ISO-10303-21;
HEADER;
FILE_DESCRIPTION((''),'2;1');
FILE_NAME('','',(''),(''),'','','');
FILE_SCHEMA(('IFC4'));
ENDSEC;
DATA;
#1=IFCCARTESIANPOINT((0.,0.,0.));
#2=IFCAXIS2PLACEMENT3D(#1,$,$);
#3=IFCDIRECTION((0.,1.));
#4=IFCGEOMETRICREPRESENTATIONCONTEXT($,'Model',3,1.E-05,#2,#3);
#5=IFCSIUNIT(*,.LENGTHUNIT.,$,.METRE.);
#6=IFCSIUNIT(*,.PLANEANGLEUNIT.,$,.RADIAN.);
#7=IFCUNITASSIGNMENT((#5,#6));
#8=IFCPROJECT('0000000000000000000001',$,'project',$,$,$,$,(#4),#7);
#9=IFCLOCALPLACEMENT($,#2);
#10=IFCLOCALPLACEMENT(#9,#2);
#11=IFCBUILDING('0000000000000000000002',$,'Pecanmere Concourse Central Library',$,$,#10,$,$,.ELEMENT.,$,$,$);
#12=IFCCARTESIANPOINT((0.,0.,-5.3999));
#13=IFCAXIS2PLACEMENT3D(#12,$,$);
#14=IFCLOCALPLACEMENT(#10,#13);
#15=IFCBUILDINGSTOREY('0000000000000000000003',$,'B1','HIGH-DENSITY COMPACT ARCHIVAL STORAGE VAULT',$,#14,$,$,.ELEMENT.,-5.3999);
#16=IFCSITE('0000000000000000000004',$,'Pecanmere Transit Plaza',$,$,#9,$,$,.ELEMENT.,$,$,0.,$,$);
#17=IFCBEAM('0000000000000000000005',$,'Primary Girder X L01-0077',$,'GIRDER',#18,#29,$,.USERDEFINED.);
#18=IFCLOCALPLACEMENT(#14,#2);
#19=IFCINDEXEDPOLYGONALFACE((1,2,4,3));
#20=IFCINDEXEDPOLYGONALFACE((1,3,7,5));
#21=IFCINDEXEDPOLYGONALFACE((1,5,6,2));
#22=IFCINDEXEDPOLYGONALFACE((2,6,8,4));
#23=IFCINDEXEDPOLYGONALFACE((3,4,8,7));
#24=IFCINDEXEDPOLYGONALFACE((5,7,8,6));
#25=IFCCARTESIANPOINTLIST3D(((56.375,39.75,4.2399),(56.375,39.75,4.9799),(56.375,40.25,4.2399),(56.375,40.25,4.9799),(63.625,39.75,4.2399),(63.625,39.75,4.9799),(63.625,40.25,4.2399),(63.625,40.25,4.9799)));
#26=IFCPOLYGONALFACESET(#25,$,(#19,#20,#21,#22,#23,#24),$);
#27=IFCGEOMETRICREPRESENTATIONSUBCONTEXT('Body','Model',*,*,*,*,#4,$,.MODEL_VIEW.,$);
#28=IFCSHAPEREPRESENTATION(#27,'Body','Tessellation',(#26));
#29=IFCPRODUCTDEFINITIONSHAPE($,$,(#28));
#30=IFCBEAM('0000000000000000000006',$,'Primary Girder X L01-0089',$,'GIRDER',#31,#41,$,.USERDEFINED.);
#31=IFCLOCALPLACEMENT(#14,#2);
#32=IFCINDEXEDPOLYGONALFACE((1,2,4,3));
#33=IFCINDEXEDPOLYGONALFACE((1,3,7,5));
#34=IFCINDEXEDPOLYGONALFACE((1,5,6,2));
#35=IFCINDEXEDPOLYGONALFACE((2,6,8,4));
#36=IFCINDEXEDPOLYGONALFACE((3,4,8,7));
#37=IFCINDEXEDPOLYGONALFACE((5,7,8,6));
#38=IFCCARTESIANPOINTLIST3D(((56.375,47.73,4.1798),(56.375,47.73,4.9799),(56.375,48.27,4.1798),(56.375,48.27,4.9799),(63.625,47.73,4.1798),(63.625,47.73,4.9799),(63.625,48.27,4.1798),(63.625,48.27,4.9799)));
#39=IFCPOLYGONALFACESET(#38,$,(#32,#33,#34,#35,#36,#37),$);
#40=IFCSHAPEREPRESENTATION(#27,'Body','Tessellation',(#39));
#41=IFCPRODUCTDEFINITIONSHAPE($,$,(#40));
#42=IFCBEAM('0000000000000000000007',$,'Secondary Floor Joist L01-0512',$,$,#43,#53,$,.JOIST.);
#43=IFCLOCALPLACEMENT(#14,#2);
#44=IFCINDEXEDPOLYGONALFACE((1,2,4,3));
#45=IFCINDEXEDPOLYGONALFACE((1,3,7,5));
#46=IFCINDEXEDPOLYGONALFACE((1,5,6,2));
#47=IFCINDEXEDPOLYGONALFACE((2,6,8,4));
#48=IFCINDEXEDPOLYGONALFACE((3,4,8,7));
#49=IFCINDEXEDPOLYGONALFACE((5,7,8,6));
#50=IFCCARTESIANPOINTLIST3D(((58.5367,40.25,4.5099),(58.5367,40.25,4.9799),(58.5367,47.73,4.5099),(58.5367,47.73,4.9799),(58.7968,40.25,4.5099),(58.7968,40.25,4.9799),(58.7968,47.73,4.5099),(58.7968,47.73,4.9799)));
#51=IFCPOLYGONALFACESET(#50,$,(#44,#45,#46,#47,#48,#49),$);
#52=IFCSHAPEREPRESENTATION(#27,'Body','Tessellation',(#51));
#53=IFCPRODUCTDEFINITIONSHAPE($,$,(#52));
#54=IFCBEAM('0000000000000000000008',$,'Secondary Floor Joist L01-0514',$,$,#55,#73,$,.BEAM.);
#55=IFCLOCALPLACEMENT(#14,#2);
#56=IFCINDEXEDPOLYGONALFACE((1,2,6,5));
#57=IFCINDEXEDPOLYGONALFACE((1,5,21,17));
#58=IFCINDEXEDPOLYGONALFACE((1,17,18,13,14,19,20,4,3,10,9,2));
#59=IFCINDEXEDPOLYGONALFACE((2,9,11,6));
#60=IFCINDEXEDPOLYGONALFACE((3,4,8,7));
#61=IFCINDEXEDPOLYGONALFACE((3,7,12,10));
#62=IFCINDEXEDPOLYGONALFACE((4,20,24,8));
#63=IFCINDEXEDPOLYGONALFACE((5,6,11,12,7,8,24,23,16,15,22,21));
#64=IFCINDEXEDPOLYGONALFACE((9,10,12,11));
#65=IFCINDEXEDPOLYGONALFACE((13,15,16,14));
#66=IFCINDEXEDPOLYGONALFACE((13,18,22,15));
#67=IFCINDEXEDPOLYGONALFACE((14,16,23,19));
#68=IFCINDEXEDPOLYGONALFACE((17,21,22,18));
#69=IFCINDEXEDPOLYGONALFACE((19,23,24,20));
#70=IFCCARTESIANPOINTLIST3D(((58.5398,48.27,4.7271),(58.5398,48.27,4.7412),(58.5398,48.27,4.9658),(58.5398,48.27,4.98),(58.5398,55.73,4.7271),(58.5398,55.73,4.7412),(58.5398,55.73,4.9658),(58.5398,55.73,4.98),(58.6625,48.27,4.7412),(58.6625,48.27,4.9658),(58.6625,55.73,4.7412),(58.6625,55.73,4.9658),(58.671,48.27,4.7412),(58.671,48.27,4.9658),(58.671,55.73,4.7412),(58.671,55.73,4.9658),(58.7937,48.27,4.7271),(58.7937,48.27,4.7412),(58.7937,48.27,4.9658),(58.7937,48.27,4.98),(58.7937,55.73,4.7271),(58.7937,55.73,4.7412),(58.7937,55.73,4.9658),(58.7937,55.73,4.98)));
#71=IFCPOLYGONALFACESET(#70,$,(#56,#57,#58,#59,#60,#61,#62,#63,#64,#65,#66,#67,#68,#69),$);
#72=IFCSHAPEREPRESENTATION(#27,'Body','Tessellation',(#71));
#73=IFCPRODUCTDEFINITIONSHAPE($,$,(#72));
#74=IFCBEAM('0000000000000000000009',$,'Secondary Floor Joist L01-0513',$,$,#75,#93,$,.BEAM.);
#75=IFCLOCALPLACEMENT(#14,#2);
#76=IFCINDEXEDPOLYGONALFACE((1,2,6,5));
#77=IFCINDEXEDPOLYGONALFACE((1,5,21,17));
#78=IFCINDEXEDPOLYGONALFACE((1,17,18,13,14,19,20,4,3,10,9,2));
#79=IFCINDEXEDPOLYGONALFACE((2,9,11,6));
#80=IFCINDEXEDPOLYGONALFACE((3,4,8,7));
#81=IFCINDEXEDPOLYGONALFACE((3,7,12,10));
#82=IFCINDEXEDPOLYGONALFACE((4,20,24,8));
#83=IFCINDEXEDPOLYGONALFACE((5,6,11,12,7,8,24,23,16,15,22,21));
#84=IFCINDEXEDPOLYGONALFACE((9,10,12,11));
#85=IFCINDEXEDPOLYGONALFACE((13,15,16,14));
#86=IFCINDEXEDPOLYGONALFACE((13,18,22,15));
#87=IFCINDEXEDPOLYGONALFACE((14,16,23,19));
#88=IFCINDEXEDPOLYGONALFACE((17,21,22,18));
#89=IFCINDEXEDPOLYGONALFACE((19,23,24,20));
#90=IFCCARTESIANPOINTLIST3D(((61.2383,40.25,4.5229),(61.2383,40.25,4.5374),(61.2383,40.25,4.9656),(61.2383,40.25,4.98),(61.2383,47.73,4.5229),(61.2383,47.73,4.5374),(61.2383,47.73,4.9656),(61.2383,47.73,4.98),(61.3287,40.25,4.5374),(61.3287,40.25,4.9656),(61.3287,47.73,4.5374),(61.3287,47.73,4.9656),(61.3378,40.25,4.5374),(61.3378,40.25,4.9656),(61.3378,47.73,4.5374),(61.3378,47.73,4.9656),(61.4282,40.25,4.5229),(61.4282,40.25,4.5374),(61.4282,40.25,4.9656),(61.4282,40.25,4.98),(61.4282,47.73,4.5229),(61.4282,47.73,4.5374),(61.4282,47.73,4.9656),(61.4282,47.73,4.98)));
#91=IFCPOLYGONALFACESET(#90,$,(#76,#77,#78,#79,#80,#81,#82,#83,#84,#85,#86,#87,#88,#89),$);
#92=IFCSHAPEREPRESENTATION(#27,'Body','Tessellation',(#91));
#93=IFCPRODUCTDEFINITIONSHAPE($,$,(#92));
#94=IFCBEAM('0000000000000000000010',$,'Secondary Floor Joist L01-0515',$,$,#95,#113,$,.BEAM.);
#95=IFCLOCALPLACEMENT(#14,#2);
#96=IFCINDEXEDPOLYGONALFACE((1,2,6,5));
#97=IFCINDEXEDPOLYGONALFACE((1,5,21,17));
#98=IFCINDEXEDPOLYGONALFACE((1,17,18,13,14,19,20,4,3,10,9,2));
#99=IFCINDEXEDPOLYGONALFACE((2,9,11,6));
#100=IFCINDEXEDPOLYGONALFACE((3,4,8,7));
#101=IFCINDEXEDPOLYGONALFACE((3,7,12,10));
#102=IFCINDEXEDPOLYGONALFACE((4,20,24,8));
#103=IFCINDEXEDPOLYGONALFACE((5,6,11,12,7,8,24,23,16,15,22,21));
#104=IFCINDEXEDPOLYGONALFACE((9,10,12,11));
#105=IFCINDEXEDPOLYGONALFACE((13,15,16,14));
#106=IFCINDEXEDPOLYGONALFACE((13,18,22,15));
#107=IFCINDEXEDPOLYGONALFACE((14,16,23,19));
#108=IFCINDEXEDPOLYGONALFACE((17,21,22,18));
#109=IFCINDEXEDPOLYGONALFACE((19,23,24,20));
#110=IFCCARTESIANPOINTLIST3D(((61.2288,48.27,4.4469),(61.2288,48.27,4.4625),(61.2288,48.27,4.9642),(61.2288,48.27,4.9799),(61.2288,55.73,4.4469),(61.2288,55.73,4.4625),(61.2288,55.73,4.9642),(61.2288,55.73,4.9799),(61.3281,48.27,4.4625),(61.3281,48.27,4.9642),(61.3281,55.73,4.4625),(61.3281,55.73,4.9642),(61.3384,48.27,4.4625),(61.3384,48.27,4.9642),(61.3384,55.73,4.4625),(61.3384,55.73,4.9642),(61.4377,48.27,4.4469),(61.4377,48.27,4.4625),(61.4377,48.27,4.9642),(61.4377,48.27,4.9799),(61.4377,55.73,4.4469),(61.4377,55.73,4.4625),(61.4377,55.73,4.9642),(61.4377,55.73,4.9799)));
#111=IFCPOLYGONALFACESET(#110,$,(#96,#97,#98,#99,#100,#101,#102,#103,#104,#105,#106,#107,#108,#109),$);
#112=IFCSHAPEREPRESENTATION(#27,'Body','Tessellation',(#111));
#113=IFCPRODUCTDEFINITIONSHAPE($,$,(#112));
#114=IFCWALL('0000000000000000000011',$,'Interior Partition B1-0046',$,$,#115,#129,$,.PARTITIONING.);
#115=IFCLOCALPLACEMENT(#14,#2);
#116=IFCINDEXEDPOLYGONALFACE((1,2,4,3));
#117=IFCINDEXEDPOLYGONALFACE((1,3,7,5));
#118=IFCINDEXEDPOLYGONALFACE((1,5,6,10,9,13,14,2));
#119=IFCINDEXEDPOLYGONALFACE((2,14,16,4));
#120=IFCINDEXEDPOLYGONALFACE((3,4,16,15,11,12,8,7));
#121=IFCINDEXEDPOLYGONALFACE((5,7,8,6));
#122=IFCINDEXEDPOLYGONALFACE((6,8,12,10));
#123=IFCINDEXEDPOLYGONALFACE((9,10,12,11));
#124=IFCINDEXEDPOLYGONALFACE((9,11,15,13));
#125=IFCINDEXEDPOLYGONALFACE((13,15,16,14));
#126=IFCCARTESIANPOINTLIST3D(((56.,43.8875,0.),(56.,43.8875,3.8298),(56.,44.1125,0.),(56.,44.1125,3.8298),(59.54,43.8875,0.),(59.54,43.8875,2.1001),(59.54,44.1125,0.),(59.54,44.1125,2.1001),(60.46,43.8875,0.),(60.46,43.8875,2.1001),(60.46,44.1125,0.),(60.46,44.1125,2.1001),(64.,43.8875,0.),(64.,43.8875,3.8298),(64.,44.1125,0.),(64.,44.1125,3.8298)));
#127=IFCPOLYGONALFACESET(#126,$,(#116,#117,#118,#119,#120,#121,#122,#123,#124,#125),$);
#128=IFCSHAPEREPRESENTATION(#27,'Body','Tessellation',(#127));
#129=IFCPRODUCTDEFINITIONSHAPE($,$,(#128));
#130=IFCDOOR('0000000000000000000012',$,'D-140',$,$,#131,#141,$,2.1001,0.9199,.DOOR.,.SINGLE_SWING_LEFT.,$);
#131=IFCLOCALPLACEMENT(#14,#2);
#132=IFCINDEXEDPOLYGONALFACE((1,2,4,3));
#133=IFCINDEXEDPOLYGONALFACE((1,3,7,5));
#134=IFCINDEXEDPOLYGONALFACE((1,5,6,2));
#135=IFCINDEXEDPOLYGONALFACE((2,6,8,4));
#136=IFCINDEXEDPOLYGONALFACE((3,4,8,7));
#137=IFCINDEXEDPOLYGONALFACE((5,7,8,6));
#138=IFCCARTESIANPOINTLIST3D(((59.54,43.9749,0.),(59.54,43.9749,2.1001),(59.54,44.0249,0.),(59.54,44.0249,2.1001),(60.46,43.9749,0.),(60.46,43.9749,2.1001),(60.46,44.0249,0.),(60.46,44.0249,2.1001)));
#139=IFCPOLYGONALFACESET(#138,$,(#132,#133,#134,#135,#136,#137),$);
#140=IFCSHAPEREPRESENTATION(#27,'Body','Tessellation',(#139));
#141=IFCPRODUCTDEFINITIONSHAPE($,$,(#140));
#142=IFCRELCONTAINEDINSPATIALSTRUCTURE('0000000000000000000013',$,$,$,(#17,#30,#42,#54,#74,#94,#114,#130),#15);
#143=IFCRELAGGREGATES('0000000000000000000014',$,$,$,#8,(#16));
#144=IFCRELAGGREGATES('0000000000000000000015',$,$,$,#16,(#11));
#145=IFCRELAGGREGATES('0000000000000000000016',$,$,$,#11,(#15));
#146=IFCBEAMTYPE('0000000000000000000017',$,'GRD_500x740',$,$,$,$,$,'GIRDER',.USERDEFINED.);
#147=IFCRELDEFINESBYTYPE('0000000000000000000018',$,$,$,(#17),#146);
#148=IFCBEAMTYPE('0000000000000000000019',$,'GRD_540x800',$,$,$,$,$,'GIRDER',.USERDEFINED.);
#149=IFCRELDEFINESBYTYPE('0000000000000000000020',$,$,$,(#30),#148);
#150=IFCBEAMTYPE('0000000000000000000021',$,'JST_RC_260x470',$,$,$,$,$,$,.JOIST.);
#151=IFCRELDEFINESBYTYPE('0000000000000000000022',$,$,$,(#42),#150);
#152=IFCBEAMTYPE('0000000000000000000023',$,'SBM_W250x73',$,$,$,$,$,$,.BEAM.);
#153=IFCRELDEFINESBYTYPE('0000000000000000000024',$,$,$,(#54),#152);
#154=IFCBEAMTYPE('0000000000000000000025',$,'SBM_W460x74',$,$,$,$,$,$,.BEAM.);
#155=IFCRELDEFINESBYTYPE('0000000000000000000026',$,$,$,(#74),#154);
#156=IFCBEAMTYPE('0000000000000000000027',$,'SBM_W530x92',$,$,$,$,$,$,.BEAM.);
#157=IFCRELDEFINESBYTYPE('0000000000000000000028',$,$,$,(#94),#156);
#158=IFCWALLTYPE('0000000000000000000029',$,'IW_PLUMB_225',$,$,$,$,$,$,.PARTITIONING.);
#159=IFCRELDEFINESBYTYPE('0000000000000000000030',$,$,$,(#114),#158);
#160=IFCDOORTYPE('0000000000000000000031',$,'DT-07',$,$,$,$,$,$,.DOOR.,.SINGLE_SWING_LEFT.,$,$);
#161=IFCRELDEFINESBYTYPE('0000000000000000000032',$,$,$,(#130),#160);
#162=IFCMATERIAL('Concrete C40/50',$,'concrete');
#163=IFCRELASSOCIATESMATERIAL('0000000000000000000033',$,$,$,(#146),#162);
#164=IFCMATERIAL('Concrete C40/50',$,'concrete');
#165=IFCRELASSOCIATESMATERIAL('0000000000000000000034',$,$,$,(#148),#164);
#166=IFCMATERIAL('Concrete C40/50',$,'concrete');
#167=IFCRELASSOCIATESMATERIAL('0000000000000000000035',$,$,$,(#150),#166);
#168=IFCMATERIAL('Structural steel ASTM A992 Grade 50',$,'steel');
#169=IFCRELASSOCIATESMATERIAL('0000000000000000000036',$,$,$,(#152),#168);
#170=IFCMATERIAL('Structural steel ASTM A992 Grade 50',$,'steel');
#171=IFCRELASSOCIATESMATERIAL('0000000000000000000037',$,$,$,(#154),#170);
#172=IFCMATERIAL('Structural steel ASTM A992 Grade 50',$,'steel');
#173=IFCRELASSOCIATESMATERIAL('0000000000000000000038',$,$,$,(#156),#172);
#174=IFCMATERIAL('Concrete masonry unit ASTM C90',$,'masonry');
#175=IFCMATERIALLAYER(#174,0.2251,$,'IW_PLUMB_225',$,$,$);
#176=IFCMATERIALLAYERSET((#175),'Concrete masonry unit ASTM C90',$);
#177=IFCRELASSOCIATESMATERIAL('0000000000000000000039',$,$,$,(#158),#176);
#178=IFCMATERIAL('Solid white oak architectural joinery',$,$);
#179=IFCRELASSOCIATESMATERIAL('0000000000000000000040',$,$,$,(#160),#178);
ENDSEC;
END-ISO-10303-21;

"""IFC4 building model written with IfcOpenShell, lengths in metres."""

from ifc_helpers import new_model, si_unit, direction, frame, frame_2d, origin, origin_2d, place, context, subcontext, project, spatial, rectangle, i_section, extrude, material, layer, layer_set, material_profile, profile_set, type_object, element, fill, save


model = new_model("IFC4")

# Units and contexts
model_context = context("Model", 3, precision=1e-05, world=origin(), true_north=direction((0.0, 1.0)))
body_context = subcontext(model_context, "Body", "Model", "MODEL_VIEW")
ifc_project = project(units=[si_unit("LENGTHUNIT", "METRE"), si_unit("PLANEANGLEUNIT", "RADIAN")], contexts=[model_context])

# Site, building, storey
site_placement = place(None, origin())
site = spatial("IfcSite", under=ifc_project, at=site_placement, Name="Pecanmere Transit Plaza", CompositionType="ELEMENT", RefElevation=0.0)
building_placement = place(site_placement, origin())
building = spatial("IfcBuilding", under=site, at=building_placement, Name="Pecanmere Concourse Central Library", CompositionType="ELEMENT")
storey_placement = place(building_placement, frame((0.0, 0.0, -5.3999)))
storey = spatial("IfcBuildingStorey", under=building, at=storey_placement, Name="B1", Description="HIGH-DENSITY COMPACT ARCHIVAL STORAGE VAULT", CompositionType="ELEMENT", Elevation=-5.3999)

# Beams
ifc_material_1 = material(Name="Concrete C40/50", Category="concrete")
ifc_material_profile_1 = material_profile(ifc_material_1, rectangle(XDim=0.5, YDim=0.74, at=origin_2d()), Name="RC 500x740")
ifc_profile_set_1 = profile_set([ifc_material_profile_1], Name="Concrete C40/50")
beam_type_1 = type_object("IfcBeamType", Name="GRD_500x740", ElementType="GIRDER", PredefinedType="USERDEFINED", material=ifc_profile_set_1)
beam_1_placement = place(storey_placement, frame((56.375, 40.0, 4.6099), z_axis=(1.0, 0.0, 0.0), x_axis=(0.0, 1.0, 0.0)))
element("IfcBeam", 1, at=beam_1_placement, inside=storey, type_object=beam_type_1, Name="Primary Girder X L01-0077", ObjectType="GIRDER", PredefinedType="USERDEFINED", context=body_context, shape_type="SweptSolid", body=[
    extrude(rectangle(XDim=0.5, YDim=0.74, at=origin_2d()), origin(), (0.0, 0.0, 1.0), 7.25),
])
ifc_material_2 = material(Name="Concrete C40/50", Category="concrete")
ifc_material_profile_2 = material_profile(ifc_material_2, rectangle(XDim=0.54, YDim=0.8, at=origin_2d()), Name="RC 540x800")
ifc_profile_set_2 = profile_set([ifc_material_profile_2], Name="Concrete C40/50")
beam_type_2 = type_object("IfcBeamType", Name="GRD_540x800", ElementType="GIRDER", PredefinedType="USERDEFINED", material=ifc_profile_set_2)
beam_2_placement = place(storey_placement, frame((56.375, 48.0, 4.5798), z_axis=(1.0, 0.0, 0.0), x_axis=(0.0, 1.0, 0.0)))
element("IfcBeam", 2, at=beam_2_placement, inside=storey, type_object=beam_type_2, Name="Primary Girder X L01-0089", ObjectType="GIRDER", PredefinedType="USERDEFINED", context=body_context, shape_type="SweptSolid", body=[
    extrude(rectangle(XDim=0.54, YDim=0.8, at=origin_2d()), origin(), (0.0, 0.0, 1.0), 7.25),
])
ifc_material_3 = material(Name="Concrete C40/50", Category="concrete")
ifc_material_profile_3 = material_profile(ifc_material_3, rectangle(XDim=0.26, YDim=0.47, at=origin_2d()), Name="RC 260x470")
ifc_profile_set_3 = profile_set([ifc_material_profile_3], Name="Concrete C40/50")
beam_type_3 = type_object("IfcBeamType", Name="JST_RC_260x470", PredefinedType="JOIST", material=ifc_profile_set_3)
beam_3_placement = place(storey_placement, frame((58.6667, 40.25, 4.7449), z_axis=(0.0, 1.0, 0.0), x_axis=(-1.0, 0.0, 0.0)))
element("IfcBeam", 3, at=beam_3_placement, inside=storey, type_object=beam_type_3, Name="Secondary Floor Joist L01-0512", PredefinedType="JOIST", context=body_context, shape_type="SweptSolid", body=[
    extrude(rectangle(XDim=0.26, YDim=0.47, at=origin_2d()), origin(), (0.0, 0.0, 1.0), 7.48),
])
ifc_material_4 = material(Name="Structural steel ASTM A992 Grade 50", Category="steel")
ifc_material_profile_4 = material_profile(ifc_material_4, i_section(OverallWidth=0.2539, OverallDepth=0.2529, WebThickness=0.0085, FlangeThickness=0.0142, at=origin_2d()), Name="W250x73")
ifc_profile_set_4 = profile_set([ifc_material_profile_4], Name="Structural steel ASTM A992 Grade 50")
beam_type_4 = type_object("IfcBeamType", Name="SBM_W250x73", PredefinedType="BEAM", material=ifc_profile_set_4)
beam_4_placement = place(storey_placement, frame((58.6667, 48.27, 4.8535), z_axis=(0.0, 1.0, 0.0), x_axis=(-1.0, 0.0, 0.0)))
element("IfcBeam", 4, at=beam_4_placement, inside=storey, type_object=beam_type_4, Name="Secondary Floor Joist L01-0514", PredefinedType="BEAM", context=body_context, shape_type="SweptSolid", body=[
    extrude(i_section(OverallWidth=0.2539, OverallDepth=0.2529, WebThickness=0.0085, FlangeThickness=0.0142, at=origin_2d()), origin(), (0.0, 0.0, 1.0), 7.46),
])
ifc_material_5 = material(Name="Structural steel ASTM A992 Grade 50", Category="steel")
ifc_material_profile_5 = material_profile(ifc_material_5, i_section(OverallWidth=0.1899, OverallDepth=0.457, WebThickness=0.009, FlangeThickness=0.0144, at=origin_2d()), Name="W460x74")
ifc_profile_set_5 = profile_set([ifc_material_profile_5], Name="Structural steel ASTM A992 Grade 50")
beam_type_5 = type_object("IfcBeamType", Name="SBM_W460x74", PredefinedType="BEAM", material=ifc_profile_set_5)
beam_5_placement = place(storey_placement, frame((61.3333, 40.25, 4.7515), z_axis=(0.0, 1.0, 0.0), x_axis=(-1.0, 0.0, 0.0)))
element("IfcBeam", 5, at=beam_5_placement, inside=storey, type_object=beam_type_5, Name="Secondary Floor Joist L01-0513", PredefinedType="BEAM", context=body_context, shape_type="SweptSolid", body=[
    extrude(i_section(OverallWidth=0.1899, OverallDepth=0.457, WebThickness=0.009, FlangeThickness=0.0144, at=origin_2d()), origin(), (0.0, 0.0, 1.0), 7.48),
])
ifc_material_6 = material(Name="Structural steel ASTM A992 Grade 50", Category="steel")
ifc_material_profile_6 = material_profile(ifc_material_6, i_section(OverallWidth=0.209, OverallDepth=0.533, WebThickness=0.0103, FlangeThickness=0.0156, at=origin_2d()), Name="W530x92")
ifc_profile_set_6 = profile_set([ifc_material_profile_6], Name="Structural steel ASTM A992 Grade 50")
beam_type_6 = type_object("IfcBeamType", Name="SBM_W530x92", PredefinedType="BEAM", material=ifc_profile_set_6)
beam_6_placement = place(storey_placement, frame((61.3333, 48.27, 4.7134), z_axis=(0.0, 1.0, 0.0), x_axis=(-1.0, 0.0, 0.0)))
element("IfcBeam", 6, at=beam_6_placement, inside=storey, type_object=beam_type_6, Name="Secondary Floor Joist L01-0515", PredefinedType="BEAM", context=body_context, shape_type="SweptSolid", body=[
    extrude(i_section(OverallWidth=0.209, OverallDepth=0.533, WebThickness=0.0103, FlangeThickness=0.0156, at=origin_2d()), origin(), (0.0, 0.0, 1.0), 7.46),
])

# Wall, opening, door
ifc_material_7 = material(Name="Concrete masonry unit ASTM C90", Category="masonry")
ifc_layer = layer(ifc_material_7, 0.2251, Name="IW_PLUMB_225")
ifc_layer_set = layer_set([ifc_layer], Name="Concrete masonry unit ASTM C90")
wall_type = type_object("IfcWallType", Name="IW_PLUMB_225", PredefinedType="PARTITIONING", material=ifc_layer_set)
wall_placement = place(storey_placement, frame((56.0, 44.0, 0.0), z_axis=(0.0, 0.0, 1.0), x_axis=(1.0, 0.0, 0.0)))
wall = element("IfcWall", 7, at=wall_placement, inside=storey, type_object=wall_type, Name="Interior Partition B1-0046", PredefinedType="PARTITIONING", context=body_context, shape_type="SweptSolid", body=[
    extrude(rectangle(XDim=8.0, YDim=0.2251, at=frame_2d((4.0, 0.0))), origin(), (0.0, 0.0, 1.0), 3.8298),
])
opening_placement = place(wall_placement, frame((3.54, 0.0, 0.0)))
opening = element("IfcOpeningElement", 8, at=opening_placement, cuts=wall, PredefinedType="OPENING", context=body_context, shape_type="SweptSolid", body=[
    extrude(rectangle(XDim=0.9199, YDim=2.1001, at=frame_2d((0.46, 1.05))), frame((0.0, 0.1245, 0.0), z_axis=(0.0, -1.0, 0.0), x_axis=(1.0, 0.0, 0.0)), (0.0, 0.0, 1.0), 0.249),
])
ifc_material_8 = material(Name="Solid white oak architectural joinery")
door_type = type_object("IfcDoorType", Name="DT-07", OperationType="SINGLE_SWING_LEFT", PredefinedType="DOOR", material=ifc_material_8)
door_placement = place(opening_placement, origin())
door = element("IfcDoor", 9, at=door_placement, inside=storey, type_object=door_type, Name="D-140", OperationType="SINGLE_SWING_LEFT", OverallHeight=2.1001, OverallWidth=0.9199, PredefinedType="DOOR", context=body_context, shape_type="SweptSolid", body=[
    extrude(rectangle(XDim=0.9199, YDim=2.1001, at=frame_2d((0.46, 1.05))), frame((0.0, 0.0249, 0.0), z_axis=(0.0, -1.0, 0.0), x_axis=(1.0, 0.0, 0.0)), (0.0, 0.0, 1.0), 0.05),
])
fill(opening, door)

save(model, "model.ifc")
